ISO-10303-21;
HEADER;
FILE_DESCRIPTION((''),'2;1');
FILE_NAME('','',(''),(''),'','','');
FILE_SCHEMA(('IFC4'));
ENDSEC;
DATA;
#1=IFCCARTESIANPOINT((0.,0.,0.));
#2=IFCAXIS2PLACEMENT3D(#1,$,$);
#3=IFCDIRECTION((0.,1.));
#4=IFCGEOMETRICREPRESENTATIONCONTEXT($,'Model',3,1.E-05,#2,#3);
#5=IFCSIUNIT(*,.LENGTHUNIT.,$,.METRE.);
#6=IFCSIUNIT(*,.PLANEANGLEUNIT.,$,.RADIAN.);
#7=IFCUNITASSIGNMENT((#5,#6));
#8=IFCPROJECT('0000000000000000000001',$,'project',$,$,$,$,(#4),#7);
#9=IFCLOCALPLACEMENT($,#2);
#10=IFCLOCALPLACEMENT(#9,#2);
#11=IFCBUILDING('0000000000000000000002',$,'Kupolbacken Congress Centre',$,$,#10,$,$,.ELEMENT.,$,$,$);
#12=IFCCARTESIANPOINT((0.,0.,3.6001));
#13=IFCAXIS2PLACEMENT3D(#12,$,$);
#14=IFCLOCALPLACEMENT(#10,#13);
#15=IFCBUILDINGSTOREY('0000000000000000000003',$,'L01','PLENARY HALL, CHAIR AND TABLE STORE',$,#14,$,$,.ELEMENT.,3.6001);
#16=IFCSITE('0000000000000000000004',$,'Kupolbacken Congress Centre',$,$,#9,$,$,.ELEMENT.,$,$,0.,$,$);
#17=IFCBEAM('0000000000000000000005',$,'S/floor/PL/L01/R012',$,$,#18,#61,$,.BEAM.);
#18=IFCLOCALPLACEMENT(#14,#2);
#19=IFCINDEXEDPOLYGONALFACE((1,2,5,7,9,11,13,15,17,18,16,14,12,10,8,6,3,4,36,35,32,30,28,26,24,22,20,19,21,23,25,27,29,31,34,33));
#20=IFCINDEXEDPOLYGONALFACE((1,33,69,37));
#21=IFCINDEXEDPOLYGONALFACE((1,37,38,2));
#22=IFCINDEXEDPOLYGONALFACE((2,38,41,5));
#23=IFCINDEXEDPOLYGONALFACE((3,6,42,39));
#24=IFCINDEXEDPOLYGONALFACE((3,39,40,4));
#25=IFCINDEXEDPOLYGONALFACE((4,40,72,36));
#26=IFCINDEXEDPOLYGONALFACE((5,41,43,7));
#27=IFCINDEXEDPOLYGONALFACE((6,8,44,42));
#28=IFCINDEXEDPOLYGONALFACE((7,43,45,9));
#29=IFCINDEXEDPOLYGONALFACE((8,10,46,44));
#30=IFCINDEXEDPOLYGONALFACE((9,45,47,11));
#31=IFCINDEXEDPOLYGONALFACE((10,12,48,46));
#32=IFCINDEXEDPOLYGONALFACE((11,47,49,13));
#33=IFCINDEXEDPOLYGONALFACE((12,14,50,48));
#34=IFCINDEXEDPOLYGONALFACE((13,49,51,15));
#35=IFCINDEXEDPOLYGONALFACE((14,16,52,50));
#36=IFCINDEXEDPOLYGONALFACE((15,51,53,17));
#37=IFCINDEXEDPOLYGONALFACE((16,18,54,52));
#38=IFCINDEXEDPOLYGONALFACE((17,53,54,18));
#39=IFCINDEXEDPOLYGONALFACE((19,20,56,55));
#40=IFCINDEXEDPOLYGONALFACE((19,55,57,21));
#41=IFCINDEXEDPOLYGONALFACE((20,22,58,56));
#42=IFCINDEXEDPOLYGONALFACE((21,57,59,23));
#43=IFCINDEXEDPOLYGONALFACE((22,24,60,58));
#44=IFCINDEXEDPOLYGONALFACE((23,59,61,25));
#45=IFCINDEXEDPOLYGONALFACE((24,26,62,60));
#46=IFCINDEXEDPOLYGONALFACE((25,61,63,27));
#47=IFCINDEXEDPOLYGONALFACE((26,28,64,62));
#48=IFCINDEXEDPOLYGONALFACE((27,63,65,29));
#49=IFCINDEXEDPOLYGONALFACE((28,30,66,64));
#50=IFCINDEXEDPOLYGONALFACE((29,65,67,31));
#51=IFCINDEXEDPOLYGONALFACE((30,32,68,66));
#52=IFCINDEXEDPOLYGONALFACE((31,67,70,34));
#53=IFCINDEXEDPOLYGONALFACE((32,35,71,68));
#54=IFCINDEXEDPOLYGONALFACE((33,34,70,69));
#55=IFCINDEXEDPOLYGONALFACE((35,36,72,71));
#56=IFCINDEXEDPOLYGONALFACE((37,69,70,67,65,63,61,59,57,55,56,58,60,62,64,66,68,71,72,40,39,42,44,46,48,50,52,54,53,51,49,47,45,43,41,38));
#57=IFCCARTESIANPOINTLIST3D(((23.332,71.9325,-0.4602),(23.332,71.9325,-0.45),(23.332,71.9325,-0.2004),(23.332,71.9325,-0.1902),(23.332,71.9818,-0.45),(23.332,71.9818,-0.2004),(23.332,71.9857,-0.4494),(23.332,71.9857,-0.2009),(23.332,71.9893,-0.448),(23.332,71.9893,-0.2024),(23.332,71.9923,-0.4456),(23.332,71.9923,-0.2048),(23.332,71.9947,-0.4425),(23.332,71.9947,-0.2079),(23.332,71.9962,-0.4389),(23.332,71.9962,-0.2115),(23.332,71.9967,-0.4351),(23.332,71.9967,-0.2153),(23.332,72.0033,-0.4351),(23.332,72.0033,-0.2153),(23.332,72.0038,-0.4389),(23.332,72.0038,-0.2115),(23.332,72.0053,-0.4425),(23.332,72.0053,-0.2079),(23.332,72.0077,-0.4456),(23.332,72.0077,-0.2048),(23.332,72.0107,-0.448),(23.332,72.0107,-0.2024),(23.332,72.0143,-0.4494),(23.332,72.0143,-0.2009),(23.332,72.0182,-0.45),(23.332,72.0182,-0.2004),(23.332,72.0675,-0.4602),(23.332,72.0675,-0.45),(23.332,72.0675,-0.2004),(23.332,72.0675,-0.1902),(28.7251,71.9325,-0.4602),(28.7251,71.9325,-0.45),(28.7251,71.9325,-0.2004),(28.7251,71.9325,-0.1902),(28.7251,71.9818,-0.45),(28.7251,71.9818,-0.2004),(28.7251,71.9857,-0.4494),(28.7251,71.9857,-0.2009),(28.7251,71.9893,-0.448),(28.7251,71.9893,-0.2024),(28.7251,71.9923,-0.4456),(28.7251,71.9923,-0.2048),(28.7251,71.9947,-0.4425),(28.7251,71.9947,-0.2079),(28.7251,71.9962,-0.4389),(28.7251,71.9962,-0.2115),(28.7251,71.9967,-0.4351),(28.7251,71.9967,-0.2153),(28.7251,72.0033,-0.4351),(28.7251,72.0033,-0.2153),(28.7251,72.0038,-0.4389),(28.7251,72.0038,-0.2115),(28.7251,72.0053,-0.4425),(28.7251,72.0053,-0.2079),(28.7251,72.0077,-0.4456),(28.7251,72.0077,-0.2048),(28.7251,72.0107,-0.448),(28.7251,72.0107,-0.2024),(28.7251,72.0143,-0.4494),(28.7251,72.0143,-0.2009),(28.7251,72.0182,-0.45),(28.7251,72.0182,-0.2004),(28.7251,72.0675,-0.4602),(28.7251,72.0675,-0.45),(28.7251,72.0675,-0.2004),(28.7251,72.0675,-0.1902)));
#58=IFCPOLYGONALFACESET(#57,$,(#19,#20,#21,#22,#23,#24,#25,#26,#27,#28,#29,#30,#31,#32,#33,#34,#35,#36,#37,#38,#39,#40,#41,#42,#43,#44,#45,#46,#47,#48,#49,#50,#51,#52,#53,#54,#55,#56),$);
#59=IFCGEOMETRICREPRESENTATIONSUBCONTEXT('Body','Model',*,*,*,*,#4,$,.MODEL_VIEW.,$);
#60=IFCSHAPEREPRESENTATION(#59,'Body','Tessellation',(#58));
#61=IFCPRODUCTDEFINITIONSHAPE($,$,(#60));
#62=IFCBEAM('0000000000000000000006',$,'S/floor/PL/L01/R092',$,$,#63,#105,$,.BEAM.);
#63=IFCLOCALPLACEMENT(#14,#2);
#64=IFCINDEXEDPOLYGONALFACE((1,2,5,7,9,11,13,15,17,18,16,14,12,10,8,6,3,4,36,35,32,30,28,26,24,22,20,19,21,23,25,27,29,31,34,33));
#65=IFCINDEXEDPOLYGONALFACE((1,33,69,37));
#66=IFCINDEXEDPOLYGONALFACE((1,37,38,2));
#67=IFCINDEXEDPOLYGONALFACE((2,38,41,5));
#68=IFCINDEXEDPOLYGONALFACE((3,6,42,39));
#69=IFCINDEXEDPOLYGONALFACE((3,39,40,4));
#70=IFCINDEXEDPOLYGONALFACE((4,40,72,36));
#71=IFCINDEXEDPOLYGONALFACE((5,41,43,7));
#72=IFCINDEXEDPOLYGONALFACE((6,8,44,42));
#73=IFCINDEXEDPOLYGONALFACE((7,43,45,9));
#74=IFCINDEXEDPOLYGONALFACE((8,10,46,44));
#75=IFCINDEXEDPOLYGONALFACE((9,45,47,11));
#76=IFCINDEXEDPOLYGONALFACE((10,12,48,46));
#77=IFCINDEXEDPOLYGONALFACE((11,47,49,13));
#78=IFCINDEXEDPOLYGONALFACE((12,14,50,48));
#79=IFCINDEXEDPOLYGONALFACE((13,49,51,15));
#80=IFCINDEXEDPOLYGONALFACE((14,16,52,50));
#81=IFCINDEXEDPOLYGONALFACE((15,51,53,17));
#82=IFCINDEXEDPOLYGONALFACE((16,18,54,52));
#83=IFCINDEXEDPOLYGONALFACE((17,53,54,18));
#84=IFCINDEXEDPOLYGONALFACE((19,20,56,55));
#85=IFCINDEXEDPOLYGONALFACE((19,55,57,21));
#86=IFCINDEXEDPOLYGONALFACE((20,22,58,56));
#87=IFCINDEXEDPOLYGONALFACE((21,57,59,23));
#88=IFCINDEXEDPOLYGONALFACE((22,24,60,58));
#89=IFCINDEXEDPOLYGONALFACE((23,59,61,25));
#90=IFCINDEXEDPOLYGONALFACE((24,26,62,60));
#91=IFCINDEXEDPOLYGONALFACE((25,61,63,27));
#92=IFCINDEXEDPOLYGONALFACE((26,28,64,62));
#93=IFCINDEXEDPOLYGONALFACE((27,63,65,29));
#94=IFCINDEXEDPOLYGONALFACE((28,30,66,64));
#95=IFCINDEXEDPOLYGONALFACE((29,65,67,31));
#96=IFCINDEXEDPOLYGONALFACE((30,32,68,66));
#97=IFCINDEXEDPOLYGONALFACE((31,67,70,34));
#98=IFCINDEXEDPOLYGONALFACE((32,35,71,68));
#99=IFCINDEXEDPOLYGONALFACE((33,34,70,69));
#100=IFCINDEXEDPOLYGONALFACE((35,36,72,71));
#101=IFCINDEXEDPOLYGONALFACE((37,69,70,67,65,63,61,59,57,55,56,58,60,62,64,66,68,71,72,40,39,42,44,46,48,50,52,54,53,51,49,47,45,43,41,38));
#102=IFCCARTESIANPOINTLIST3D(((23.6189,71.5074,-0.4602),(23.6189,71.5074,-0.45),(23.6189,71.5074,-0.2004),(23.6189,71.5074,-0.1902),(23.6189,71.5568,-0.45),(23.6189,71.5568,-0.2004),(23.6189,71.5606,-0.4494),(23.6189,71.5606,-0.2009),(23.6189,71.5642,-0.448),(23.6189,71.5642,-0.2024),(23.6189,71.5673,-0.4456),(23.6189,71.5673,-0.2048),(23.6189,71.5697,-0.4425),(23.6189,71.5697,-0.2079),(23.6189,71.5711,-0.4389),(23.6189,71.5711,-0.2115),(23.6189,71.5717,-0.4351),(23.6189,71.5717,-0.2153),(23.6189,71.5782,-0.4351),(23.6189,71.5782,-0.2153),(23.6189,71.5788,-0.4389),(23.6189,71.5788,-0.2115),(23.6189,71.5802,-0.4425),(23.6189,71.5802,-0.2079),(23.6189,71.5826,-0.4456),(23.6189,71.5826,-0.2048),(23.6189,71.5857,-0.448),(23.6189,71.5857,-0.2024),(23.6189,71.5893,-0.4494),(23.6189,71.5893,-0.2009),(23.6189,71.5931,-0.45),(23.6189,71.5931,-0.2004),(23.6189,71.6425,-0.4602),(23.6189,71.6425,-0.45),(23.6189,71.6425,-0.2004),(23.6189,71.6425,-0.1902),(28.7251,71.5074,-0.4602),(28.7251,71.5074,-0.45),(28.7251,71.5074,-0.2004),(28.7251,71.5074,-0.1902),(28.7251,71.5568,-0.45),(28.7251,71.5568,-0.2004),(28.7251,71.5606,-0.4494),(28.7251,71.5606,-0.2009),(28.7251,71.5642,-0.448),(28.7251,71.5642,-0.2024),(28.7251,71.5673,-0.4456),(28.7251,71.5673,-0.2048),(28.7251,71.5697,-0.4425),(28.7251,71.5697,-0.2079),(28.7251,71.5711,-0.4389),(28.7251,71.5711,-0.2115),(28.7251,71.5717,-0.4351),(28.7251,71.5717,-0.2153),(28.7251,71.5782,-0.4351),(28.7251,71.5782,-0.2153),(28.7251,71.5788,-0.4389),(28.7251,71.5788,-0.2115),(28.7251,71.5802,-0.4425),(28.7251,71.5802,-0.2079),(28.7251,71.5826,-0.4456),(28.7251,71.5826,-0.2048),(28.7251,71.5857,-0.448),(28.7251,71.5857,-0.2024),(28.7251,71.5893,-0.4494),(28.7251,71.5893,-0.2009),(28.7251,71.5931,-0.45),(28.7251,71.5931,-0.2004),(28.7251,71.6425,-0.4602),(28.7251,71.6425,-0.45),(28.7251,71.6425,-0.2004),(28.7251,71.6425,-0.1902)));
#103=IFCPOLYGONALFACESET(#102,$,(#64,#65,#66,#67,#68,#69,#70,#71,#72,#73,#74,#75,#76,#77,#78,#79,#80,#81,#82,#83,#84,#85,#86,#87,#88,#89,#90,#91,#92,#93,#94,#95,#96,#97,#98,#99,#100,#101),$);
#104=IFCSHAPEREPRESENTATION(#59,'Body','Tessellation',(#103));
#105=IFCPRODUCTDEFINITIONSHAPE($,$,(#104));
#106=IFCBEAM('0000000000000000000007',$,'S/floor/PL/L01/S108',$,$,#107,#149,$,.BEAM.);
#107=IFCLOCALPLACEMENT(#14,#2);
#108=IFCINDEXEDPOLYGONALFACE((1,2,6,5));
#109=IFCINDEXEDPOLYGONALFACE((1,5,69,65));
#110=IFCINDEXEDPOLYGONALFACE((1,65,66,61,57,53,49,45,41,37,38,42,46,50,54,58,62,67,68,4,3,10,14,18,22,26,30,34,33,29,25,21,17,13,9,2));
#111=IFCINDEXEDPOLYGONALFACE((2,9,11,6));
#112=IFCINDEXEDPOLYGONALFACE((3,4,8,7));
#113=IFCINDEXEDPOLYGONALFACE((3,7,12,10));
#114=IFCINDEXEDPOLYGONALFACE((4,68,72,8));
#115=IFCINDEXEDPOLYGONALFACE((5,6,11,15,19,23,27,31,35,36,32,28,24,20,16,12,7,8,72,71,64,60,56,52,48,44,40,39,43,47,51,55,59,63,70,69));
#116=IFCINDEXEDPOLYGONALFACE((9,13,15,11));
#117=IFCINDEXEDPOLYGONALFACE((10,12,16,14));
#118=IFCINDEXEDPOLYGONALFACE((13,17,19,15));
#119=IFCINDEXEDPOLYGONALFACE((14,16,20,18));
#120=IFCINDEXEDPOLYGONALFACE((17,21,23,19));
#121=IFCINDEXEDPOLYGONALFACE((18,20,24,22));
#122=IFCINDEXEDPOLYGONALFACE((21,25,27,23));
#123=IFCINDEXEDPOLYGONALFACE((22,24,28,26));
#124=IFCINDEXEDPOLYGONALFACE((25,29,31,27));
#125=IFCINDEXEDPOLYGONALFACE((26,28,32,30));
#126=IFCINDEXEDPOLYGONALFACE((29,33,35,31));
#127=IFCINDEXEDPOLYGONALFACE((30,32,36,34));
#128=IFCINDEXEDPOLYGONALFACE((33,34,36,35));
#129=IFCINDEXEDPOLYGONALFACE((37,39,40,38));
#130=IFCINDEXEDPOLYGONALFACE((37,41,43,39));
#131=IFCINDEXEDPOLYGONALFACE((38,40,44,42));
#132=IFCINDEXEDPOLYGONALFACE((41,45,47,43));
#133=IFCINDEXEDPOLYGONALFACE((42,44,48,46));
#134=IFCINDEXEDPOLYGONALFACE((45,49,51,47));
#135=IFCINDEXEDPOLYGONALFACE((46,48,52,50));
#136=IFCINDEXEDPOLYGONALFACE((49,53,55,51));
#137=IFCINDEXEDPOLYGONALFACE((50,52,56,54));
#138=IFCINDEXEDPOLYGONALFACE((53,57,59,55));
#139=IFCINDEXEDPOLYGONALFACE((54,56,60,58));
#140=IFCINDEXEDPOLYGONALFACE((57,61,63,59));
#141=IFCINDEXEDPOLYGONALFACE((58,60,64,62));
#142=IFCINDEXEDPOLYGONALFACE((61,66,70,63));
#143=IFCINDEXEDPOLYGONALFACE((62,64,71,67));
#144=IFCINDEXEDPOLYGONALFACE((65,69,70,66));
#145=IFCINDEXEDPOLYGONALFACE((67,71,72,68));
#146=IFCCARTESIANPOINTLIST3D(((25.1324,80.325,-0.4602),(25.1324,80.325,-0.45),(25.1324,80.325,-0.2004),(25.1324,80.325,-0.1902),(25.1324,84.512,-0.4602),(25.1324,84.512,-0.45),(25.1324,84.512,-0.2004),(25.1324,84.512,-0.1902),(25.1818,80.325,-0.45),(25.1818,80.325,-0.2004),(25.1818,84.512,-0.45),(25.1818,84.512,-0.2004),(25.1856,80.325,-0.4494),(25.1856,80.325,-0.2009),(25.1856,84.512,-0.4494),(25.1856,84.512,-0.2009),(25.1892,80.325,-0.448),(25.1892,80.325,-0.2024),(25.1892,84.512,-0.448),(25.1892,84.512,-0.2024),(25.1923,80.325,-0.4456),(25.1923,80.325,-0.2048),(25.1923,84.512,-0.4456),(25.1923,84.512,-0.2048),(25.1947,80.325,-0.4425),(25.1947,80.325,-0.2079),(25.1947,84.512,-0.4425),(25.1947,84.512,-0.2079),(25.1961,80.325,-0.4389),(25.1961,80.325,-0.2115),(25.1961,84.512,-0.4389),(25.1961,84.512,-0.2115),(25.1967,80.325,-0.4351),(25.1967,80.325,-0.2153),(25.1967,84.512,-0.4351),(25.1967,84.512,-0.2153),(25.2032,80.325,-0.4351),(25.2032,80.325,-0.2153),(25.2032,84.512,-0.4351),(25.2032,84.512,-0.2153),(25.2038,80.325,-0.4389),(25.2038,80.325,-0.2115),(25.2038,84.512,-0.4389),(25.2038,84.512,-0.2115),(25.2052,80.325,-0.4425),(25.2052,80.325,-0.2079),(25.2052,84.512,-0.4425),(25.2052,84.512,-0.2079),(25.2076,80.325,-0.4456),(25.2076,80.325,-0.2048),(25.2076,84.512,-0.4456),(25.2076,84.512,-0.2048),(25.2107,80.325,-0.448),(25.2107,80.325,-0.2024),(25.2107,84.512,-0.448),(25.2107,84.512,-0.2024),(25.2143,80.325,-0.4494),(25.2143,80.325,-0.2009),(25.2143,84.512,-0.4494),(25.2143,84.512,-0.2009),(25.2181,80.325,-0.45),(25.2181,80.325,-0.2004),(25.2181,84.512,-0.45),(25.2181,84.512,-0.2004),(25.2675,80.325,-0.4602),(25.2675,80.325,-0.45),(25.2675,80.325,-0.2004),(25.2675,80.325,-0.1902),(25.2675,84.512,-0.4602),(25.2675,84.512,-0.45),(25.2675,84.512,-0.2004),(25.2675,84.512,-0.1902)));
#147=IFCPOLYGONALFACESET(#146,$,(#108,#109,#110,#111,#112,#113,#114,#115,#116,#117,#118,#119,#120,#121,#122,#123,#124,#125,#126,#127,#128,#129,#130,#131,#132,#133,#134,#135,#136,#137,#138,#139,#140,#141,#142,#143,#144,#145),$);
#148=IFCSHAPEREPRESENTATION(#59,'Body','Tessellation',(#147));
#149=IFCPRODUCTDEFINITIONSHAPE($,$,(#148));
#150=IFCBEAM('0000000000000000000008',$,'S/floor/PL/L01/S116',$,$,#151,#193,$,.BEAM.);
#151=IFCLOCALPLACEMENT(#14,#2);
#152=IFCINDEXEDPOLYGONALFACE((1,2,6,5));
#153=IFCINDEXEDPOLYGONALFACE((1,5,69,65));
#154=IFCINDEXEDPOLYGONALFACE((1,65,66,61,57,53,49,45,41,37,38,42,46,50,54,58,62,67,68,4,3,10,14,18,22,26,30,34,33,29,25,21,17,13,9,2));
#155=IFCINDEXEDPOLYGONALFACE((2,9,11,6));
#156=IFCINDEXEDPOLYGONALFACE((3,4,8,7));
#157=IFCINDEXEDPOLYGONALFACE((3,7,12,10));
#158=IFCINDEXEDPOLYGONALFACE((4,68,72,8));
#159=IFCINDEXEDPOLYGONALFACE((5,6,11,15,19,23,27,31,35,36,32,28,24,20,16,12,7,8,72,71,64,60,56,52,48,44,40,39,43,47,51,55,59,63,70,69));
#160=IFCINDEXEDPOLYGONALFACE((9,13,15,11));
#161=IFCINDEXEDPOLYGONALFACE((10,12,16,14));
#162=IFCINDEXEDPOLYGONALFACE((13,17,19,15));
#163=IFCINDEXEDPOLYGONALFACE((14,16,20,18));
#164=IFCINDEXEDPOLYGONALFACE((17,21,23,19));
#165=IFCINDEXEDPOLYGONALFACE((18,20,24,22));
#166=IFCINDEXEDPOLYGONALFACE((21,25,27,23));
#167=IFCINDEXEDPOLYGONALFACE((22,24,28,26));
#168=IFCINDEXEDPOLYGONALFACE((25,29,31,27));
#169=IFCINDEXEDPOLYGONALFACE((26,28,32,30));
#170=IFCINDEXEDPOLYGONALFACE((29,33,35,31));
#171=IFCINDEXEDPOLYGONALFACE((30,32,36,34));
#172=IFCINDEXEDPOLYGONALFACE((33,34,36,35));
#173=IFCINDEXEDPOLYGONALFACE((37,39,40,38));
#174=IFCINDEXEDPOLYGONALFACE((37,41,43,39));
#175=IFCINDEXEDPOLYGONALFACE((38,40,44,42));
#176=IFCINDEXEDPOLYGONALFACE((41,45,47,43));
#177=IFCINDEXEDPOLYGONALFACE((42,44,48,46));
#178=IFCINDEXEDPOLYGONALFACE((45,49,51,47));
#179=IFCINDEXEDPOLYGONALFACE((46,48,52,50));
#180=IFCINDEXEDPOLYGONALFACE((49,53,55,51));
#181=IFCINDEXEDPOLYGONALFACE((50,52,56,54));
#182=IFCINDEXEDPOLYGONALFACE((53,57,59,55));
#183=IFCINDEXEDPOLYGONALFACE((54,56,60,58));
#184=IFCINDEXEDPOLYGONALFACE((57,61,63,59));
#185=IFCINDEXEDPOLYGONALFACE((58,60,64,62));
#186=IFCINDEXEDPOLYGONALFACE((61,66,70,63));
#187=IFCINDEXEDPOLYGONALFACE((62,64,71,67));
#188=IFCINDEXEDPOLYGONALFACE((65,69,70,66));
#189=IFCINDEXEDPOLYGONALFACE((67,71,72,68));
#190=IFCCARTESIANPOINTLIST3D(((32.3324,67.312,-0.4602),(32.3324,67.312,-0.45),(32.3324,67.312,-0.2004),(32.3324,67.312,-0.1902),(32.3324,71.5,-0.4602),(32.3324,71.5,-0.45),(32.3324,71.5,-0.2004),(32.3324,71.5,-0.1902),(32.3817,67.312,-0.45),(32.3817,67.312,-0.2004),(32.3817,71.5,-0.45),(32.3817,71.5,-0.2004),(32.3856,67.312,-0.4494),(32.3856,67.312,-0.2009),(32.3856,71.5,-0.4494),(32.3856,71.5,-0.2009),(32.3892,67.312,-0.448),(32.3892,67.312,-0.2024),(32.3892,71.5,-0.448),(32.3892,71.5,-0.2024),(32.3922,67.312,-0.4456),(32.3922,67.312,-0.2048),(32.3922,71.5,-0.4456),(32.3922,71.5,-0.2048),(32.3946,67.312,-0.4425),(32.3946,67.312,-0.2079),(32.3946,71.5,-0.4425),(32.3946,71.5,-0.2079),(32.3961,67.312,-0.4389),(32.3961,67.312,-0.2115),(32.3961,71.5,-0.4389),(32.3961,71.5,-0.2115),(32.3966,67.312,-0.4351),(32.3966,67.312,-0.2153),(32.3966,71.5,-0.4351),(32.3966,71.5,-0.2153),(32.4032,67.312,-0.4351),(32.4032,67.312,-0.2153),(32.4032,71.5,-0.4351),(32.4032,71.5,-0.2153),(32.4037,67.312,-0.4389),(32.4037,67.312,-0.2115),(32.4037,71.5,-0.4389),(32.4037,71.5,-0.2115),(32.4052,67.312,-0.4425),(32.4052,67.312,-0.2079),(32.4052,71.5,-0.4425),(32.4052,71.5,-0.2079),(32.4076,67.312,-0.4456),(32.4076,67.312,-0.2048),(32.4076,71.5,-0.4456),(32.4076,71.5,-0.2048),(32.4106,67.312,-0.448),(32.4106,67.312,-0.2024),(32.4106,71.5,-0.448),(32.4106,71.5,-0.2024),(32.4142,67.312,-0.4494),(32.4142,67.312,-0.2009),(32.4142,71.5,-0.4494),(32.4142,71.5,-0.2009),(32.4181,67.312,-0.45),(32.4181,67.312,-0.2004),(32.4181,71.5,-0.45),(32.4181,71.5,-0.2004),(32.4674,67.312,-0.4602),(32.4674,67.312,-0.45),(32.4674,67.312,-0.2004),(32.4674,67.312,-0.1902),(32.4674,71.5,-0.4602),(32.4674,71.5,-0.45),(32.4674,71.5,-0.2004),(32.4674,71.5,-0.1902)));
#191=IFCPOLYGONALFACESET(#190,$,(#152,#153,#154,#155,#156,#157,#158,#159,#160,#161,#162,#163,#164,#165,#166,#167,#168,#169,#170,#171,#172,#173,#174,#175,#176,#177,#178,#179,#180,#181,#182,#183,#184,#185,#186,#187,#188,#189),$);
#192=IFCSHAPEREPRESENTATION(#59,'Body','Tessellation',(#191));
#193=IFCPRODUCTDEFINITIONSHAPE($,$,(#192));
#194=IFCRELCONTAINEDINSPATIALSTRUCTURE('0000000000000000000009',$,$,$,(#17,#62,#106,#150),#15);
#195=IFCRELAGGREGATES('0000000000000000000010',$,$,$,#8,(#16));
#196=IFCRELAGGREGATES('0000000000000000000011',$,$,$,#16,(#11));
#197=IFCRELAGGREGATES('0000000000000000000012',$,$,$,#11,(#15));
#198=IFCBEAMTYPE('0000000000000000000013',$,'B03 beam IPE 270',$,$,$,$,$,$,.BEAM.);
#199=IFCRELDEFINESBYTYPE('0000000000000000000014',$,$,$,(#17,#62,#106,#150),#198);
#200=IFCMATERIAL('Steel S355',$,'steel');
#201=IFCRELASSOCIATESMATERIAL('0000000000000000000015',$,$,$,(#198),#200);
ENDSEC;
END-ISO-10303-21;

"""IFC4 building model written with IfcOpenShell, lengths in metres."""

from ifc_helpers import new_model, si_unit, direction, frame, origin, origin_2d, place, context, subcontext, project, spatial, i_section, extrude, material, material_profile, profile_set, type_object, element, save


model = new_model("IFC4")

# Units and contexts
model_context = context("Model", 3, precision=1e-05, world=origin(), true_north=direction((0.0, 1.0)))
body_context = subcontext(model_context, "Body", "Model", "MODEL_VIEW")
ifc_project = project(units=[si_unit("LENGTHUNIT", "METRE"), si_unit("PLANEANGLEUNIT", "RADIAN")], contexts=[model_context])

# Site, building, storey
site_placement = place(None, origin())
site = spatial("IfcSite", under=ifc_project, at=site_placement, Name="Kupolbacken Congress Centre", CompositionType="ELEMENT", RefElevation=0.0)
building_placement = place(site_placement, origin())
building = spatial("IfcBuilding", under=site, at=building_placement, Name="Kupolbacken Congress Centre", CompositionType="ELEMENT")
storey_placement = place(building_placement, frame((0.0, 0.0, 3.6001)))
storey = spatial("IfcBuildingStorey", under=building, at=storey_placement, Name="L01", Description="PLENARY HALL, CHAIR AND TABLE STORE", CompositionType="ELEMENT", Elevation=3.6001)

# Beams
ifc_material_1 = material(Name="Steel S355", Category="steel")
ifc_material_profile_1 = material_profile(ifc_material_1, i_section(OverallWidth=0.135, OverallDepth=0.27, WebThickness=0.0066, FlangeThickness=0.0103, FilletRadius=0.0149, at=origin_2d()), Name="IPE 270")
ifc_profile_set_1 = profile_set([ifc_material_profile_1], Name="Steel S355")
beam_type_1 = type_object("IfcBeamType", Name="B03 beam IPE 270", PredefinedType="BEAM", material=ifc_profile_set_1)
beam_1_placement = place(storey_placement, frame((23.332, 72.0, -0.3252), z_axis=(1.0, 0.0, 0.0), x_axis=(0.0, 1.0, 0.0)))
element("IfcBeam", 1, at=beam_1_placement, inside=storey, type_object=beam_type_1, Name="S/floor/PL/L01/R012", PredefinedType="BEAM", context=body_context, shape_type="SweptSolid", body=[
    extrude(i_section(OverallWidth=0.135, OverallDepth=0.27, WebThickness=0.0066, FlangeThickness=0.0103, FilletRadius=0.0149, at=origin_2d()), origin(), (0.0, 0.0, 1.0), 5.3931),
])
beam_2_placement = place(storey_placement, frame((23.6189, 71.575, -0.3252), z_axis=(1.0, 0.0, 0.0), x_axis=(0.0, 1.0, 0.0)))
element("IfcBeam", 2, at=beam_2_placement, inside=storey, type_object=beam_type_1, Name="S/floor/PL/L01/R092", PredefinedType="BEAM", context=body_context, shape_type="SweptSolid", body=[
    extrude(i_section(OverallWidth=0.135, OverallDepth=0.27, WebThickness=0.0066, FlangeThickness=0.0103, FilletRadius=0.0149, at=origin_2d()), origin(), (0.0, 0.0, 1.0), 5.1062),
])
beam_3_placement = place(storey_placement, frame((25.2, 80.325, -0.3252), z_axis=(0.0, 1.0, 0.0), x_axis=(-1.0, 0.0, 0.0)))
element("IfcBeam", 3, at=beam_3_placement, inside=storey, type_object=beam_type_1, Name="S/floor/PL/L01/S108", PredefinedType="BEAM", context=body_context, shape_type="SweptSolid", body=[
    extrude(i_section(OverallWidth=0.135, OverallDepth=0.27, WebThickness=0.0066, FlangeThickness=0.0103, FilletRadius=0.0149, at=origin_2d()), origin(), (0.0, 0.0, 1.0), 4.187),
])
beam_4_placement = place(storey_placement, frame((32.3999, 67.312, -0.3252), z_axis=(0.0, 1.0, 0.0), x_axis=(-1.0, 0.0, 0.0)))
element("IfcBeam", 4, at=beam_4_placement, inside=storey, type_object=beam_type_1, Name="S/floor/PL/L01/S116", PredefinedType="BEAM", context=body_context, shape_type="SweptSolid", body=[
    extrude(i_section(OverallWidth=0.135, OverallDepth=0.27, WebThickness=0.0066, FlangeThickness=0.0103, FilletRadius=0.0149, at=origin_2d()), origin(), (0.0, 0.0, 1.0), 4.188),
])

save(model, "model.ifc")
